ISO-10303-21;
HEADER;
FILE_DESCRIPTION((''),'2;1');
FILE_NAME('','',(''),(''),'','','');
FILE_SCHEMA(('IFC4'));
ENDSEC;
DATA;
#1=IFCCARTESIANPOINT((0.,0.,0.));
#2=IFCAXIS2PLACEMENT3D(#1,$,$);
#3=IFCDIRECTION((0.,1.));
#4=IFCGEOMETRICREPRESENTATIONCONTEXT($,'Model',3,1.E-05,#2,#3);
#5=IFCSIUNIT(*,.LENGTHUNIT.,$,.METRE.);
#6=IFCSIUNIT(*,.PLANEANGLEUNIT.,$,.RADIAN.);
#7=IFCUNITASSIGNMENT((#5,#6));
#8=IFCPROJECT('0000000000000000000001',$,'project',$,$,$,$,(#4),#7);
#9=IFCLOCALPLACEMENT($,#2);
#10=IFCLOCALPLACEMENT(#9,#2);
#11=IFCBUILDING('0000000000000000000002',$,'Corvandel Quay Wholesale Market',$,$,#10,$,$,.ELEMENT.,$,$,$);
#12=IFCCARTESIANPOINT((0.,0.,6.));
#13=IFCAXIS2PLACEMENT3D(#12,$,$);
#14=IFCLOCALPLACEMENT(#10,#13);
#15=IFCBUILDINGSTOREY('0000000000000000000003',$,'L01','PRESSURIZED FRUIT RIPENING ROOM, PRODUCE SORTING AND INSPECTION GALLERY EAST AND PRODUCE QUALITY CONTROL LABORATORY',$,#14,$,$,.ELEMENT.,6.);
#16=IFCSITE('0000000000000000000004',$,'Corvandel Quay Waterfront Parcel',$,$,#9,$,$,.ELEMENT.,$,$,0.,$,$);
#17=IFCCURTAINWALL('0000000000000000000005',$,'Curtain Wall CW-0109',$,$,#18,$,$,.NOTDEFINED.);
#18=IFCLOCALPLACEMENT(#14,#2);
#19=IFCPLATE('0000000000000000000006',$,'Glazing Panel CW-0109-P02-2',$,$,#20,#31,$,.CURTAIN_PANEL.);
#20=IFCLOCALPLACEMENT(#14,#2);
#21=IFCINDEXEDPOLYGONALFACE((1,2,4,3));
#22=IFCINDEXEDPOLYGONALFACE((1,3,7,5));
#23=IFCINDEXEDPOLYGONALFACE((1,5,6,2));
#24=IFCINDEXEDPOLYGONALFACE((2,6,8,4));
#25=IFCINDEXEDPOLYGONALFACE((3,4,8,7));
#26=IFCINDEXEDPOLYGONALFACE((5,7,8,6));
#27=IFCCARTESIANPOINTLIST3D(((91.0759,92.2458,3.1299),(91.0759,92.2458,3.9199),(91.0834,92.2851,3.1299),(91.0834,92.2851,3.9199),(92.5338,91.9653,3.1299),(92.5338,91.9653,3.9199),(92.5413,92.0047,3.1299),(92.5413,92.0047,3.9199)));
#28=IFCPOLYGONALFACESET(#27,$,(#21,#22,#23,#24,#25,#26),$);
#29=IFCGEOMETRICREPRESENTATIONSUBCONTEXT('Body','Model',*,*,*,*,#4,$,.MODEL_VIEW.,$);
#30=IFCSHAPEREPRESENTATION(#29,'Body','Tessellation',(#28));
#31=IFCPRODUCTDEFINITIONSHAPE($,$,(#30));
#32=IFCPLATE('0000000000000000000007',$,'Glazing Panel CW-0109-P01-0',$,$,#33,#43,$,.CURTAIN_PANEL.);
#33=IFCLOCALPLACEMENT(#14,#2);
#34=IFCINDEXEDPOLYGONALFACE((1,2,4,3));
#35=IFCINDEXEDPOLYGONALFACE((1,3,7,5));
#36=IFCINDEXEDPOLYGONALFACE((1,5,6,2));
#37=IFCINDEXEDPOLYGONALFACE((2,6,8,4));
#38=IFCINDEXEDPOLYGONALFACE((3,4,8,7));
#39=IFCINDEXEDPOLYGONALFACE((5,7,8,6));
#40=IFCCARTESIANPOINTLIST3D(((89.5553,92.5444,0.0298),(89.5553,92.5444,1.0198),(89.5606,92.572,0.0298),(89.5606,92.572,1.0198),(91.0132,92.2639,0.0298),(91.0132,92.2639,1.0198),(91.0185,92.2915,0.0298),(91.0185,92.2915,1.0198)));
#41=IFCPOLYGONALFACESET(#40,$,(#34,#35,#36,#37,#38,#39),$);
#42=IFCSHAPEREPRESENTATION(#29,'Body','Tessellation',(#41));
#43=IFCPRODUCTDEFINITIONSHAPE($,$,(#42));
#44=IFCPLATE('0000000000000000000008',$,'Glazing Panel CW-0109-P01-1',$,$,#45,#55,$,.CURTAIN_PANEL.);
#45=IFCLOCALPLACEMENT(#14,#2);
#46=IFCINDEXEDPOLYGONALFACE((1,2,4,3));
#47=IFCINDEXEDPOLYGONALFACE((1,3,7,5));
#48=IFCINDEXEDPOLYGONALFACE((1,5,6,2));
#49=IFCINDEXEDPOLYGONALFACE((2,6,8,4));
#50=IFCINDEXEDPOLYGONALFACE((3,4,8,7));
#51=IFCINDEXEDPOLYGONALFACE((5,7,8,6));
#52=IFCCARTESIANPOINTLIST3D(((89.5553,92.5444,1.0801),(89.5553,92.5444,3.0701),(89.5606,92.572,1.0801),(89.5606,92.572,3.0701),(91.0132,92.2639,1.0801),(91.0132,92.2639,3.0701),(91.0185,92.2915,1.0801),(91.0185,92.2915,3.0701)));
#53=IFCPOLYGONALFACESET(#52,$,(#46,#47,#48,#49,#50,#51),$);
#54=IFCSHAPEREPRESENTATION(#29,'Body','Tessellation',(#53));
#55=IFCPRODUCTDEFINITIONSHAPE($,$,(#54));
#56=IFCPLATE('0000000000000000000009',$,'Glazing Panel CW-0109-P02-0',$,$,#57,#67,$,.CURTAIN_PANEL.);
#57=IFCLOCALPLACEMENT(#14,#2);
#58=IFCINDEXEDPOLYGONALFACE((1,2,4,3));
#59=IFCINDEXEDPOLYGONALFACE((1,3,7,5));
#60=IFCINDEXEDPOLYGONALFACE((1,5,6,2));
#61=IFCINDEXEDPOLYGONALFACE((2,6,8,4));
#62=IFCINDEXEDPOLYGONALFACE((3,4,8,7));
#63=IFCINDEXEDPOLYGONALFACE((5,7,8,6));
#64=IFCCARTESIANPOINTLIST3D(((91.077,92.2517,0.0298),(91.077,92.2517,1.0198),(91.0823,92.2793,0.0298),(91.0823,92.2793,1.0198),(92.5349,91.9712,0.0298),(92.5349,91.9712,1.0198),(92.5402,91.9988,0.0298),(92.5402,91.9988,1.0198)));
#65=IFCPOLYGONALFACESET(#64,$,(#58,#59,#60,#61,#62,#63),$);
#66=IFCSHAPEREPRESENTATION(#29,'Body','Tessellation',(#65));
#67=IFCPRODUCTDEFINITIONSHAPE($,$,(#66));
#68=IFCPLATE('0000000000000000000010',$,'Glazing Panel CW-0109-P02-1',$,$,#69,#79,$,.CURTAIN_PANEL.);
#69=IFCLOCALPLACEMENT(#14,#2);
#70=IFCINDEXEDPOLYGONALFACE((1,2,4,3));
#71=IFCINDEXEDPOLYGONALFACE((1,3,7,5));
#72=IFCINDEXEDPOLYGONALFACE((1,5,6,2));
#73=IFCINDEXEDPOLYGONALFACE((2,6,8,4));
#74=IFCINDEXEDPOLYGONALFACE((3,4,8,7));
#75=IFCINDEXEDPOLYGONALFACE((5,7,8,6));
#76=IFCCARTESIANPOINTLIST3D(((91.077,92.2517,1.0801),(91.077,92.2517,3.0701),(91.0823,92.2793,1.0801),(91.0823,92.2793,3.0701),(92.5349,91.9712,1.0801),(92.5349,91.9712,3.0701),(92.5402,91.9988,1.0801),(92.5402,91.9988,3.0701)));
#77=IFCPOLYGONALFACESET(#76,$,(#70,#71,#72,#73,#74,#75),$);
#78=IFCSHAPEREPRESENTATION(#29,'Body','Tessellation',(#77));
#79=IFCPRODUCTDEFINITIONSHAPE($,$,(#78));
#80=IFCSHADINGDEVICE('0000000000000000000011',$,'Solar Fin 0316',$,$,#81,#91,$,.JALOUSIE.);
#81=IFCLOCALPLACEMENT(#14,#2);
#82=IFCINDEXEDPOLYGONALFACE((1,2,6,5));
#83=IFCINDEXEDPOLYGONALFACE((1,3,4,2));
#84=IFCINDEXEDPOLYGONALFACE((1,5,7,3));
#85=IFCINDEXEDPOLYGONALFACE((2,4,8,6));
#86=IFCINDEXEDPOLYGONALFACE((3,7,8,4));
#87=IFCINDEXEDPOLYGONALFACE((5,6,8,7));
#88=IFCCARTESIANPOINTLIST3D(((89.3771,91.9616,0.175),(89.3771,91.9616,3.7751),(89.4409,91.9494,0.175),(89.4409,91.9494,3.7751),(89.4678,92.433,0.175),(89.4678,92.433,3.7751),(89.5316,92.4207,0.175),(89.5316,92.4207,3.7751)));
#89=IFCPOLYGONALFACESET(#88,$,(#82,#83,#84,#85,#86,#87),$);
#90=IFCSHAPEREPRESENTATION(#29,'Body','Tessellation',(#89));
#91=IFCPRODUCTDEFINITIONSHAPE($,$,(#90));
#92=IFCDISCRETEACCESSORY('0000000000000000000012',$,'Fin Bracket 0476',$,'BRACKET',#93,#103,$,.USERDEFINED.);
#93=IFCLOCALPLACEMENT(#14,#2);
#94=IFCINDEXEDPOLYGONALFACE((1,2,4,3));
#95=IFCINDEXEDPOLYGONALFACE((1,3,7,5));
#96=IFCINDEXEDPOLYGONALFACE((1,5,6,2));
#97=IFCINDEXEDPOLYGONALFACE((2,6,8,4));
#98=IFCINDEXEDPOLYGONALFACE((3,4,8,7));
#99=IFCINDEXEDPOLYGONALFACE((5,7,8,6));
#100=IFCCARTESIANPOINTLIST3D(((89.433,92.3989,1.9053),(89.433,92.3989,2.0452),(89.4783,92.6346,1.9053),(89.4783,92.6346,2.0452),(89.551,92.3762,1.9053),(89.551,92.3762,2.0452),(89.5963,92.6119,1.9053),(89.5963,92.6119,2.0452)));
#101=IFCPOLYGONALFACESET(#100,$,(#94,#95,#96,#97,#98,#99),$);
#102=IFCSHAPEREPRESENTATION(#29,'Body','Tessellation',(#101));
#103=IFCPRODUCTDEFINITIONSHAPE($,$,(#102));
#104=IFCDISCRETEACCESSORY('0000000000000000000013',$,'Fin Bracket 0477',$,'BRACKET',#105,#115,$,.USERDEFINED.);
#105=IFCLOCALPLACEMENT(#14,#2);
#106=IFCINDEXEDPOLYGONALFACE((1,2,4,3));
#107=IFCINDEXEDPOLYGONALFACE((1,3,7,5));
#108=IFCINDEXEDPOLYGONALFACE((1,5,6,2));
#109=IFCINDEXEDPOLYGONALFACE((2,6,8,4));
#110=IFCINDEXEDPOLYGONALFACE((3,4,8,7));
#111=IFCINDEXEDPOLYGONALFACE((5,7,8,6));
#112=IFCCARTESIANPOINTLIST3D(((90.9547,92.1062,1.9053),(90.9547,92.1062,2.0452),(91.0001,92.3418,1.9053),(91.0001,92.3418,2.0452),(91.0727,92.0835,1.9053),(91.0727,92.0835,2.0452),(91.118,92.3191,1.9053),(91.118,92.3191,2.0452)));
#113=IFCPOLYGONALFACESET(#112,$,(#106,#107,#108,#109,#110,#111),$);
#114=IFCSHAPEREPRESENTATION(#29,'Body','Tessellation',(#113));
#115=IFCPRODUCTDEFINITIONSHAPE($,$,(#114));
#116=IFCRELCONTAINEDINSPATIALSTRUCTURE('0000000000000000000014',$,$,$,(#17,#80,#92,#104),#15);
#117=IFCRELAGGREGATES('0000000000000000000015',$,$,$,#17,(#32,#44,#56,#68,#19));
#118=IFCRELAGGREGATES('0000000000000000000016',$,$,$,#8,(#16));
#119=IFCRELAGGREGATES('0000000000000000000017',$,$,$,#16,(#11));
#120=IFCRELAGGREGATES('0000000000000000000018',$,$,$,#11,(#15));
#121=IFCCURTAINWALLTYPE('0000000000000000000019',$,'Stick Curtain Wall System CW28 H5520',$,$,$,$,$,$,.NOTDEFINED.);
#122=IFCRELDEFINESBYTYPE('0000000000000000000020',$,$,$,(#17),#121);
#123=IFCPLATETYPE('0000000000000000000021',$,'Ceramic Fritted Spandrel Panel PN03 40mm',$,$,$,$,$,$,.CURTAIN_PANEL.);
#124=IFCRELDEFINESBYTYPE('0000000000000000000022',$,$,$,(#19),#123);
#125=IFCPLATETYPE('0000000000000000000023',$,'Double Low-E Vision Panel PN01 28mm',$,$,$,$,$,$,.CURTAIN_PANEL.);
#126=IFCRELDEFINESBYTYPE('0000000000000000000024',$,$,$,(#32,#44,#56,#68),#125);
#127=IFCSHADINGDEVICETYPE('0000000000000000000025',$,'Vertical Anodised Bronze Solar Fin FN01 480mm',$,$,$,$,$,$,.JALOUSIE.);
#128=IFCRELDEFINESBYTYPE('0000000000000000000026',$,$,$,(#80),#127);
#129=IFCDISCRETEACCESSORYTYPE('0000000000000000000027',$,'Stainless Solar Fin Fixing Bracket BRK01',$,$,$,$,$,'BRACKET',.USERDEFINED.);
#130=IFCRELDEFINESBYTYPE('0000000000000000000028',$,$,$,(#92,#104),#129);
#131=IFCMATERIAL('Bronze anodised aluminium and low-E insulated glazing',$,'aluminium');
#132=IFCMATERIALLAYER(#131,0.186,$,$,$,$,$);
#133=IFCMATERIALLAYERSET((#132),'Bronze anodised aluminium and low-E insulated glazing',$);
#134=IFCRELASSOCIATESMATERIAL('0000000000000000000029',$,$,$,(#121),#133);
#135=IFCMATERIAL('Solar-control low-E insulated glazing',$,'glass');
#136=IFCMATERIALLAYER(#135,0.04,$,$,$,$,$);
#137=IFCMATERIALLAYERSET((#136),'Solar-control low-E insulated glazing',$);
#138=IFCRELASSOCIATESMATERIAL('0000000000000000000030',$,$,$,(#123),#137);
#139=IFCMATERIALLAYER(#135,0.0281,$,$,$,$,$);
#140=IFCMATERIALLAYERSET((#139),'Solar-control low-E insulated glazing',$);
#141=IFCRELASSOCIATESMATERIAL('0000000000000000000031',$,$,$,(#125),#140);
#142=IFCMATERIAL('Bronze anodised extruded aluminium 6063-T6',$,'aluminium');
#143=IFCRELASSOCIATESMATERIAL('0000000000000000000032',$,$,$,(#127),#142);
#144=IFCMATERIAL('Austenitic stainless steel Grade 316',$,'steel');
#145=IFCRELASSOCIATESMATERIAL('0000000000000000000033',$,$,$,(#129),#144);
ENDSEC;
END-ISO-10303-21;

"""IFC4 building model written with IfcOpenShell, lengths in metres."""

from ifc_helpers import new_model, si_unit, direction, frame, origin, origin_2d, place, context, subcontext, project, spatial, rectangle, extrude, material, layer, layer_set, type_object, element, aggregate, save


model = new_model("IFC4")

# Units and contexts
model_context = context("Model", 3, precision=1e-05, world=origin(), true_north=direction((0.0, 1.0)))
body_context = subcontext(model_context, "Body", "Model", "MODEL_VIEW")
ifc_project = project(units=[si_unit("LENGTHUNIT", "METRE"), si_unit("PLANEANGLEUNIT", "RADIAN")], contexts=[model_context])

# Site, building, storey
site_placement = place(None, origin())
site = spatial("IfcSite", under=ifc_project, at=site_placement, Name="Corvandel Quay Waterfront Parcel", CompositionType="ELEMENT", RefElevation=0.0)
building_placement = place(site_placement, origin())
building = spatial("IfcBuilding", under=site, at=building_placement, Name="Corvandel Quay Wholesale Market", CompositionType="ELEMENT")
storey_placement = place(building_placement, frame((0.0, 0.0, 6.0)))
storey = spatial("IfcBuildingStorey", under=building, at=storey_placement, Name="L01", Description="PRESSURIZED FRUIT RIPENING ROOM, PRODUCE SORTING AND INSPECTION GALLERY EAST AND PRODUCE QUALITY CONTROL LABORATORY", CompositionType="ELEMENT", Elevation=6.0)

# Curtain wall
ifc_material_1 = material(Name="Bronze anodised aluminium and low-E insulated glazing", Category="aluminium")
ifc_layer_1 = layer(ifc_material_1, 0.186)
ifc_layer_set_1 = layer_set([ifc_layer_1], Name="Bronze anodised aluminium and low-E insulated glazing")
curtain_wall_type = type_object("IfcCurtainWallType", Name="Stick Curtain Wall System CW28 H5520", PredefinedType="NOTDEFINED", material=ifc_layer_set_1)
curtain_wall_placement = place(storey_placement, origin())
curtain_wall = element("IfcCurtainWall", 1, at=curtain_wall_placement, inside=storey, type_object=curtain_wall_type, Name="Curtain Wall CW-0109", PredefinedType="NOTDEFINED")

# Plates
ifc_material_2 = material(Name="Solar-control low-E insulated glazing", Category="glass")
ifc_layer_2 = layer(ifc_material_2, 0.04)
ifc_layer_set_2 = layer_set([ifc_layer_2], Name="Solar-control low-E insulated glazing")
plate_type_1 = type_object("IfcPlateType", Name="Ceramic Fritted Spandrel Panel PN03 40mm", PredefinedType="CURTAIN_PANEL", material=ifc_layer_set_2)
plate_1_placement = place(storey_placement, frame((91.8086, 92.1252, 3.1299), z_axis=(0.0, 0.0, 1.0), x_axis=(-0.981992, 0.188924, 0.0)))
plate_1 = element("IfcPlate", 2, at=plate_1_placement, type_object=plate_type_1, Name="Glazing Panel CW-0109-P02-2", PredefinedType="CURTAIN_PANEL", context=body_context, shape_type="SweptSolid", body=[
    extrude(rectangle(XDim=1.4846, YDim=0.04, at=origin_2d()), origin(), (0.0, 0.0, 1.0), 0.79),
])
ifc_layer_3 = layer(ifc_material_2, 0.0281)
ifc_layer_set_3 = layer_set([ifc_layer_3], Name="Solar-control low-E insulated glazing")
plate_type_2 = type_object("IfcPlateType", Name="Double Low-E Vision Panel PN01 28mm", PredefinedType="CURTAIN_PANEL", material=ifc_layer_set_3)
plate_2_placement = place(storey_placement, frame((90.2869, 92.418, 0.0298), z_axis=(0.0, 0.0, 1.0), x_axis=(-0.981992, 0.188924, 0.0)))
plate_2 = element("IfcPlate", 3, at=plate_2_placement, type_object=plate_type_2, Name="Glazing Panel CW-0109-P01-0", PredefinedType="CURTAIN_PANEL", context=body_context, shape_type="SweptSolid", body=[
    extrude(rectangle(XDim=1.4846, YDim=0.0281, at=origin_2d()), origin(), (0.0, 0.0, 1.0), 0.99),
])
plate_3_placement = place(storey_placement, frame((90.2869, 92.418, 1.0801), z_axis=(0.0, 0.0, 1.0), x_axis=(-0.981992, 0.188924, 0.0)))
plate_3 = element("IfcPlate", 4, at=plate_3_placement, type_object=plate_type_2, Name="Glazing Panel CW-0109-P01-1", PredefinedType="CURTAIN_PANEL", context=body_context, shape_type="SweptSolid", body=[
    extrude(rectangle(XDim=1.4846, YDim=0.0281, at=origin_2d()), origin(), (0.0, 0.0, 1.0), 1.99),
])
plate_4_placement = place(storey_placement, frame((91.8086, 92.1252, 0.0298), z_axis=(0.0, 0.0, 1.0), x_axis=(-0.981992, 0.188924, 0.0)))
plate_4 = element("IfcPlate", 5, at=plate_4_placement, type_object=plate_type_2, Name="Glazing Panel CW-0109-P02-0", PredefinedType="CURTAIN_PANEL", context=body_context, shape_type="SweptSolid", body=[
    extrude(rectangle(XDim=1.4846, YDim=0.0281, at=origin_2d()), origin(), (0.0, 0.0, 1.0), 0.99),
])
plate_5_placement = place(storey_placement, frame((91.8086, 92.1252, 1.0801), z_axis=(0.0, 0.0, 1.0), x_axis=(-0.981992, 0.188924, 0.0)))
plate_5 = element("IfcPlate", 6, at=plate_5_placement, type_object=plate_type_2, Name="Glazing Panel CW-0109-P02-1", PredefinedType="CURTAIN_PANEL", context=body_context, shape_type="SweptSolid", body=[
    extrude(rectangle(XDim=1.4846, YDim=0.0281, at=origin_2d()), origin(), (0.0, 0.0, 1.0), 1.99),
])
aggregate(curtain_wall, [plate_2, plate_3, plate_4, plate_5, plate_1])

# Shading device
ifc_material_3 = material(Name="Bronze anodised extruded aluminium 6063-T6", Category="aluminium")
shading_device_type = type_object("IfcShadingDeviceType", Name="Vertical Anodised Bronze Solar Fin FN01 480mm", PredefinedType="JALOUSIE", material=ifc_material_3)
shading_device_placement = place(storey_placement, frame((89.4543, 92.1912, 0.175), z_axis=(0.0, 0.0, 1.0), x_axis=(0.188924, 0.981992, 0.0)))
element("IfcShadingDevice", 7, at=shading_device_placement, inside=storey, type_object=shading_device_type, Name="Solar Fin 0316", PredefinedType="JALOUSIE", context=body_context, shape_type="SweptSolid", body=[
    extrude(rectangle(XDim=0.48, YDim=0.0649, at=origin_2d()), origin(), (0.0, 0.0, 1.0), 3.6001),
])

# Discrete accessories
ifc_material_4 = material(Name="Austenitic stainless steel Grade 316", Category="steel")
discrete_accessory_type = type_object("IfcDiscreteAccessoryType", Name="Stainless Solar Fin Fixing Bracket BRK01", ElementType="BRACKET", PredefinedType="USERDEFINED", material=ifc_material_4)
for number, where, z_axis, x_axis, name in (
    (8, (89.5146, 92.5054, 1.9053), (0.0, 0.0, 1.0), (0.188924, 0.981992, 0.0), "Fin Bracket 0476"),
    (9, (91.0364, 92.2126, 1.9053), (0.0, 0.0, 1.0), (0.188924, 0.981992, 0.0), "Fin Bracket 0477"),
):
    element("IfcDiscreteAccessory", number, at=place(storey_placement, frame(where, z_axis=z_axis, x_axis=x_axis)), inside=storey, type_object=discrete_accessory_type, Name=name, ObjectType="BRACKET", PredefinedType="USERDEFINED", context=body_context, shape_type="SweptSolid", body=[
        extrude(rectangle(XDim=0.24, YDim=0.1201, at=origin_2d()), origin(), (0.0, 0.0, 1.0), 0.1399),
    ])

save(model, "model.ifc")
